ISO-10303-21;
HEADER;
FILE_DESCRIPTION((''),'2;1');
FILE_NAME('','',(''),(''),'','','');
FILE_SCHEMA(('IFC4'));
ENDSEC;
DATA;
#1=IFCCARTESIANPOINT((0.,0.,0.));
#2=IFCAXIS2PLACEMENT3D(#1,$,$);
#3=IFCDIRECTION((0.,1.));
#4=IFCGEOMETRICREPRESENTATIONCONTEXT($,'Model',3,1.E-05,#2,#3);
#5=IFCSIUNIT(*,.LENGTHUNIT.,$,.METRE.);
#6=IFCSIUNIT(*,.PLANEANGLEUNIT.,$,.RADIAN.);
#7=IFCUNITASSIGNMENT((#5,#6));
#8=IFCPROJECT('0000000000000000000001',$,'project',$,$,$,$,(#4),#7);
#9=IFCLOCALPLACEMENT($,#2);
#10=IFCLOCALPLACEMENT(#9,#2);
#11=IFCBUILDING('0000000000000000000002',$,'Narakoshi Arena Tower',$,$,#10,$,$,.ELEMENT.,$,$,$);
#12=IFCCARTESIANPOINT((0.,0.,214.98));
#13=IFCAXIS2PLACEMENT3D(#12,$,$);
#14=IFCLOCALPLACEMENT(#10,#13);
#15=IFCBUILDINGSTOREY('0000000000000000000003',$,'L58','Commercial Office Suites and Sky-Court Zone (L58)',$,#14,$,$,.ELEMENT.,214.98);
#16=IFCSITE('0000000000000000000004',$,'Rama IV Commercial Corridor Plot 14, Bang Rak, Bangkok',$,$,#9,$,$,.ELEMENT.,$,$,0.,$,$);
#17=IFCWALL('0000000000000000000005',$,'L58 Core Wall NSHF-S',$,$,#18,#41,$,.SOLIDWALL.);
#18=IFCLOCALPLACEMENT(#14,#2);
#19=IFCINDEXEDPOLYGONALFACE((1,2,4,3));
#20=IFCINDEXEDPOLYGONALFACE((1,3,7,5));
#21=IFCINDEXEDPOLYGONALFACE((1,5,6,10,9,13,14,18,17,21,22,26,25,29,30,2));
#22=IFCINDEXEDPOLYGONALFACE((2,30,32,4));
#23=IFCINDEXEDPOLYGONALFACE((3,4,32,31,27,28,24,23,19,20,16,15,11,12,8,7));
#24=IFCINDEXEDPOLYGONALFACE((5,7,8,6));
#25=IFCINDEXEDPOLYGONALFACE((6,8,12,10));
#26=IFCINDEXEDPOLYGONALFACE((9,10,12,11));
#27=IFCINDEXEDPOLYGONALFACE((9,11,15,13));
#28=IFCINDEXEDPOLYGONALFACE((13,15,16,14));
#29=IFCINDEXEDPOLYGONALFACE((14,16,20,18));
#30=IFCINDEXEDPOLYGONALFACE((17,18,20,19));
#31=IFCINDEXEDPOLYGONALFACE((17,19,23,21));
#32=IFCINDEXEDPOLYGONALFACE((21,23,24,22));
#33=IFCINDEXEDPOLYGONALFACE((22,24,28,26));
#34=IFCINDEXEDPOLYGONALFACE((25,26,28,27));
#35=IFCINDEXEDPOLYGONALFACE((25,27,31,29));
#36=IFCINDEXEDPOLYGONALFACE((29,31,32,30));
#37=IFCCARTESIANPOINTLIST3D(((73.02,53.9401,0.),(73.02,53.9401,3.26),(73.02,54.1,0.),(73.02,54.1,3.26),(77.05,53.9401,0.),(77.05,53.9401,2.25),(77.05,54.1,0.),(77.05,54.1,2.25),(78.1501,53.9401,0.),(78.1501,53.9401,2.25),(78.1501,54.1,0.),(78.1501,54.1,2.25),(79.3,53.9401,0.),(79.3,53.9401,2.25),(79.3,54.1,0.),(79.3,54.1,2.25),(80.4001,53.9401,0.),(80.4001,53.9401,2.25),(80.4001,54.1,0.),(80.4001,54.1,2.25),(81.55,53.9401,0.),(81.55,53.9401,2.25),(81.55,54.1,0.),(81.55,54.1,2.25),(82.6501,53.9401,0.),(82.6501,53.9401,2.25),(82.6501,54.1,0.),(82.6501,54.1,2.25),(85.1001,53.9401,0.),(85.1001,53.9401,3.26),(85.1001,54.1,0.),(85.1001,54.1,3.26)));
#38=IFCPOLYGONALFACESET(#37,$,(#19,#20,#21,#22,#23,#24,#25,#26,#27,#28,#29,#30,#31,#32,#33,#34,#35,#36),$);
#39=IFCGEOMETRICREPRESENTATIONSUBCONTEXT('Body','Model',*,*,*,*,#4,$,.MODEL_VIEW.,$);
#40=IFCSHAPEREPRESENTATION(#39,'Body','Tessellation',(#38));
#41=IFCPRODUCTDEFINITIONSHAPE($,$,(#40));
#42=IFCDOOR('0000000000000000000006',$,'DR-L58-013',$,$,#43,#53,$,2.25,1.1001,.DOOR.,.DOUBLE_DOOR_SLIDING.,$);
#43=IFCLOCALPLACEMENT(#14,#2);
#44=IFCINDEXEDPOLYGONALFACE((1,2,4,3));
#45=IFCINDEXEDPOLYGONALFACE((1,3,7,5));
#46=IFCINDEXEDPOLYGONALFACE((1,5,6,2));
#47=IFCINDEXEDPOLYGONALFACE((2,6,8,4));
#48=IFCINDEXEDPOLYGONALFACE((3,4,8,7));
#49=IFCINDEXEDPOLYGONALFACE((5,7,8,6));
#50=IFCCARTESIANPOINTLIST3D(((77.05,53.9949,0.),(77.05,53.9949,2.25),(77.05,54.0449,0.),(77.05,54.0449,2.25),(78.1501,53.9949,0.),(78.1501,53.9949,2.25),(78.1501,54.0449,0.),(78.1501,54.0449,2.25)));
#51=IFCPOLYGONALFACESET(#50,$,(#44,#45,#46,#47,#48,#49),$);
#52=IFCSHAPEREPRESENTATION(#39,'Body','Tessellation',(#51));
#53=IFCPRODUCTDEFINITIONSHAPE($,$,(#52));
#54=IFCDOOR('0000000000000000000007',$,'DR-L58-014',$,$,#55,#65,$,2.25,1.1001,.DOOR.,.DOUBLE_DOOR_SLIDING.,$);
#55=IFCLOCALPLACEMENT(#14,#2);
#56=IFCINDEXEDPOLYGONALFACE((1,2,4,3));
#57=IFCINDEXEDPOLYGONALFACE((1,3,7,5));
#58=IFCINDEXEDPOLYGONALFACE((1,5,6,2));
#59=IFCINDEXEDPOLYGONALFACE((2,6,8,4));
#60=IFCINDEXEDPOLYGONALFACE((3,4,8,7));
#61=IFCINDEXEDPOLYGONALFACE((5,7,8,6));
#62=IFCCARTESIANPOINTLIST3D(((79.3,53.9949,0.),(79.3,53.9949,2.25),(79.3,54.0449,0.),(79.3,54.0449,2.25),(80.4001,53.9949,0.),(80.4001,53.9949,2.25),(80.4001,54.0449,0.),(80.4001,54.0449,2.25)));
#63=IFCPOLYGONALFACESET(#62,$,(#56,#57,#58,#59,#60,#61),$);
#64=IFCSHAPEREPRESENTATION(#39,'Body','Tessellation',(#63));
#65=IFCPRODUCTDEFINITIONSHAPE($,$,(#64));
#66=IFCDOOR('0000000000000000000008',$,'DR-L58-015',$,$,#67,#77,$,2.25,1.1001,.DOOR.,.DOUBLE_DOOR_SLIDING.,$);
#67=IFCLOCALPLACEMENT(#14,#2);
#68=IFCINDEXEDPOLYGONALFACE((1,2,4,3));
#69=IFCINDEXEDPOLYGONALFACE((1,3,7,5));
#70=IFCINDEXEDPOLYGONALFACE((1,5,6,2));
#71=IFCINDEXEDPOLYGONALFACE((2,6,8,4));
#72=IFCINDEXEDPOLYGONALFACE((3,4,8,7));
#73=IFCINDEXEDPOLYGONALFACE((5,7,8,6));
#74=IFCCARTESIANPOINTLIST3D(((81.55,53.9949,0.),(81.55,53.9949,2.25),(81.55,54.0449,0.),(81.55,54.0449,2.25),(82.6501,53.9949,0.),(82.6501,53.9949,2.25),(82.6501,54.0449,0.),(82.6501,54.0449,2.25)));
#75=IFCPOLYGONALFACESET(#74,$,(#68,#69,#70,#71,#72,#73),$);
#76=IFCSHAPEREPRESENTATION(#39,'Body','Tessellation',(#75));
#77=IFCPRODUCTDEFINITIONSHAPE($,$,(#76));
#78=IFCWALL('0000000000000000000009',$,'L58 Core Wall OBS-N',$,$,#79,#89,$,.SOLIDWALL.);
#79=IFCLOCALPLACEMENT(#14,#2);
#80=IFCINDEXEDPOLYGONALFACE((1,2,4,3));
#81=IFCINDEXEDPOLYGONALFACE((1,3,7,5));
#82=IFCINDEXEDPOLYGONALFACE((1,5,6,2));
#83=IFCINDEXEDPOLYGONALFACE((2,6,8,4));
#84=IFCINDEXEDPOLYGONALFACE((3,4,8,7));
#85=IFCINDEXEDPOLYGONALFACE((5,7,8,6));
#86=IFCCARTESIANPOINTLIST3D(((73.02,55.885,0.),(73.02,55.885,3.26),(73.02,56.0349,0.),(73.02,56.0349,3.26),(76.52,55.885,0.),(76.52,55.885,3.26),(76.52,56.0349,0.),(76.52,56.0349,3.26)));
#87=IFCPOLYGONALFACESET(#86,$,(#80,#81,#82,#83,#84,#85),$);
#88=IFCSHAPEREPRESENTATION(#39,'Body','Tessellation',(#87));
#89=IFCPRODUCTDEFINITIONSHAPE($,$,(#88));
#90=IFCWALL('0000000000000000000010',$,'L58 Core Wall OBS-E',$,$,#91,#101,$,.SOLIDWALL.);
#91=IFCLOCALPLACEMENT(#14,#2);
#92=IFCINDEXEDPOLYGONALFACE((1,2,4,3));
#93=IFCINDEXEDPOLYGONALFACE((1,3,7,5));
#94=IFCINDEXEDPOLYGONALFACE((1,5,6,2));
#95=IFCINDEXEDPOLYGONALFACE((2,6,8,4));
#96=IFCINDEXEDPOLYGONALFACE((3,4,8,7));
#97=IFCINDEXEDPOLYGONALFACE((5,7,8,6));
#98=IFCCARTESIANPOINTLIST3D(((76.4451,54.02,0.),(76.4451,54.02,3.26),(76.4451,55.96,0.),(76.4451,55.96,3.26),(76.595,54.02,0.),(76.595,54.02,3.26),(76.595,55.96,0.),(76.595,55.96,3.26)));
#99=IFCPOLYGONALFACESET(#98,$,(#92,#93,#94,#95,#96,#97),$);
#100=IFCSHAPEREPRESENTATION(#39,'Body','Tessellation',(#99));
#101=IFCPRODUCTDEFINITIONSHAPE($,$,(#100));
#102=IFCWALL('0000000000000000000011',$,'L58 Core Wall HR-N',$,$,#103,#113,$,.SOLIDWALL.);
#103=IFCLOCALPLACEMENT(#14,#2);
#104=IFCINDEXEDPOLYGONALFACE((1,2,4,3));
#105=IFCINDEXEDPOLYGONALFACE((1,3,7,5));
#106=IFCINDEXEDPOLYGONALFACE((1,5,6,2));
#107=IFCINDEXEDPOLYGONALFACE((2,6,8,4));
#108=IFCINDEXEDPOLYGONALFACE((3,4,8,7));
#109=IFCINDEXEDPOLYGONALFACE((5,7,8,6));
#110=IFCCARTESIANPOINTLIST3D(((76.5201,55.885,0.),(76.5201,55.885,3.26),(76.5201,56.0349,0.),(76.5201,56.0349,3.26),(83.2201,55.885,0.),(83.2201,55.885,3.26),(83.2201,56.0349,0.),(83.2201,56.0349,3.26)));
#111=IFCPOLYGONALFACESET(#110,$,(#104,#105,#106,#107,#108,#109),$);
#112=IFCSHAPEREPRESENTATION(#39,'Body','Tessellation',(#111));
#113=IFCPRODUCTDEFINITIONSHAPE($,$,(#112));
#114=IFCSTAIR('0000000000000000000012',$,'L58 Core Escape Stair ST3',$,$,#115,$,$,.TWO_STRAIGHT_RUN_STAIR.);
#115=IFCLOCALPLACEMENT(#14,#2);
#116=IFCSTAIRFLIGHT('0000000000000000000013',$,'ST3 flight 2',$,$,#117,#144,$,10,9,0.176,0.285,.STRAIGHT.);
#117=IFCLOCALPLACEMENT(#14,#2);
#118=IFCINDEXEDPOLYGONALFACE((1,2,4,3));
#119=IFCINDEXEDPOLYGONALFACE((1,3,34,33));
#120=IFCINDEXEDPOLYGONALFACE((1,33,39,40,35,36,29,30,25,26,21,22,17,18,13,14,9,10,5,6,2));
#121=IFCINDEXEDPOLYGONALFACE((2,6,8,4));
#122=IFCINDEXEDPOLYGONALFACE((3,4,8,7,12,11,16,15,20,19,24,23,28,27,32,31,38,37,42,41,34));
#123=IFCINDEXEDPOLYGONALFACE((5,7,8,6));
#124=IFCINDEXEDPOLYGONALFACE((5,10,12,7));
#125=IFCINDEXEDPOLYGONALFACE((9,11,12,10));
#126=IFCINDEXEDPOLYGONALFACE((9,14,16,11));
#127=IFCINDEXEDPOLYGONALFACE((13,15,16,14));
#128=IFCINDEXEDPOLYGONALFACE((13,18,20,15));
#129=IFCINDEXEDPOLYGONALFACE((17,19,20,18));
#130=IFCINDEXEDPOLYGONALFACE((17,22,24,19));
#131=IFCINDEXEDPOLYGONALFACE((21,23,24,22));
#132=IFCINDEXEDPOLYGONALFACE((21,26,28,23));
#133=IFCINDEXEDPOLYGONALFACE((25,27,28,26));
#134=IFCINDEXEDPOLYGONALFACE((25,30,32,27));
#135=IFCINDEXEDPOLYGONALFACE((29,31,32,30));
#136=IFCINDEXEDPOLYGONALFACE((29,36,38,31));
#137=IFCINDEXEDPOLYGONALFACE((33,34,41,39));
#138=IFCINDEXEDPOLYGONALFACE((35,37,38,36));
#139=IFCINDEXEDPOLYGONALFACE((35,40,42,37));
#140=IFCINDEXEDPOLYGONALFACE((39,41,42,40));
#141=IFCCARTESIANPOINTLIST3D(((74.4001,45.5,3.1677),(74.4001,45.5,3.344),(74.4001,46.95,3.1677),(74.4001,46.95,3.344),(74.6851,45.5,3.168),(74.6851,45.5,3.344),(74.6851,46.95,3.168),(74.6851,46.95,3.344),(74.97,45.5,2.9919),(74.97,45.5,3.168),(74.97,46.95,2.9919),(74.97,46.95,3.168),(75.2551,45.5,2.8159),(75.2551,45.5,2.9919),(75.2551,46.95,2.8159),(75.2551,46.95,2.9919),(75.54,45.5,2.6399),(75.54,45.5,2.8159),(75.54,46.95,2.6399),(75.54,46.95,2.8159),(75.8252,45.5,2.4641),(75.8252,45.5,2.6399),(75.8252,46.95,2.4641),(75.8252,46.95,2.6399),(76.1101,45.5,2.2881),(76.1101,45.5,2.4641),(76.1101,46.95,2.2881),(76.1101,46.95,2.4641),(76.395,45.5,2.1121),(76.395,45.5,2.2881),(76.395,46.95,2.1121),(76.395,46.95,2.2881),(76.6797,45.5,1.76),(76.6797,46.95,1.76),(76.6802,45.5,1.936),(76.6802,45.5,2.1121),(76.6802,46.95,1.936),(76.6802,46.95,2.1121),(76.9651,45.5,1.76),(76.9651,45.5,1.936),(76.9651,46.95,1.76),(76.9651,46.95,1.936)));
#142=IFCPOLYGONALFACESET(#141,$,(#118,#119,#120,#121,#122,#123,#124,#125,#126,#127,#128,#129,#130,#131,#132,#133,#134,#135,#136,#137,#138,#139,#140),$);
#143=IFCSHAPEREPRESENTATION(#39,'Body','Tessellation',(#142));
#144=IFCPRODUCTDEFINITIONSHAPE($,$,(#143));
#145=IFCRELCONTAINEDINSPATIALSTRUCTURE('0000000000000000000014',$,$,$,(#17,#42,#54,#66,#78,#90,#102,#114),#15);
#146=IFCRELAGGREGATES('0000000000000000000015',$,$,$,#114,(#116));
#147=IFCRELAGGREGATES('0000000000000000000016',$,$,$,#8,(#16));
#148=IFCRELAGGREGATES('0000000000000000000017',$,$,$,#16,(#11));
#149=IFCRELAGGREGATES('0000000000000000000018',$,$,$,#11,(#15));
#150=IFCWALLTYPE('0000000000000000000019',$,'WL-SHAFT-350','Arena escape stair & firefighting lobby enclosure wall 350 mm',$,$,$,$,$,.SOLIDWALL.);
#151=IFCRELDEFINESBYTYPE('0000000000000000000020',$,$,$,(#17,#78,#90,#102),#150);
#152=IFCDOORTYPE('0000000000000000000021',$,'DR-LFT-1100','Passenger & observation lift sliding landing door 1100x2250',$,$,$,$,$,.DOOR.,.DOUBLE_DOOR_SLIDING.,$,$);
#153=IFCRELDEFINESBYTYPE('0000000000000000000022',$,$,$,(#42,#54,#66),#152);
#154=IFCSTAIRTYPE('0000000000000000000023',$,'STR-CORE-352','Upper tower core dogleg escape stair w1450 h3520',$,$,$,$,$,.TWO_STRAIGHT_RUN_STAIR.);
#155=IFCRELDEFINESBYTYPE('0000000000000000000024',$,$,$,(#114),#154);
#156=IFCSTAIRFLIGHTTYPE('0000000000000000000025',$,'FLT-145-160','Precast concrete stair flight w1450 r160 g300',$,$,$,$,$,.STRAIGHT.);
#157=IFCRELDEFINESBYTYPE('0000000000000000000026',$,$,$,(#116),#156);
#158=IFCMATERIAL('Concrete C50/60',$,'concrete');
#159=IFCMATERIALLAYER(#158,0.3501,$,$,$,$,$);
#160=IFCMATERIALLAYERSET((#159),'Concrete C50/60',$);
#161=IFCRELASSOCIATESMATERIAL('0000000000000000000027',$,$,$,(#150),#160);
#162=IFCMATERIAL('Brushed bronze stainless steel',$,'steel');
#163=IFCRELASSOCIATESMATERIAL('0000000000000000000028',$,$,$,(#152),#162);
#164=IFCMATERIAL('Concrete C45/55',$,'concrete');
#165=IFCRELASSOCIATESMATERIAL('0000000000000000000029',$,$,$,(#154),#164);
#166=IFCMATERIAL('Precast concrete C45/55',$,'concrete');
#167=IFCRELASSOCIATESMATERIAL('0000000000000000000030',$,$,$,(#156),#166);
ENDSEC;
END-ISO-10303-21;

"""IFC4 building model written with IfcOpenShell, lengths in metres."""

from ifc_helpers import new_model, si_unit, direction, frame, frame_2d, origin, place, context, subcontext, project, spatial, polyline, rectangle, outline, extrude, material, layer, layer_set, type_object, element, fill, aggregate, save


model = new_model("IFC4")

# Units and contexts
model_context = context("Model", 3, precision=1e-05, world=origin(), true_north=direction((0.0, 1.0)))
body_context = subcontext(model_context, "Body", "Model", "MODEL_VIEW")
ifc_project = project(units=[si_unit("LENGTHUNIT", "METRE"), si_unit("PLANEANGLEUNIT", "RADIAN")], contexts=[model_context])

# Site, building, storey
site_placement = place(None, origin())
site = spatial("IfcSite", under=ifc_project, at=site_placement, Name="Rama IV Commercial Corridor Plot 14, Bang Rak, Bangkok", CompositionType="ELEMENT", RefElevation=0.0)
building_placement = place(site_placement, origin())
building = spatial("IfcBuilding", under=site, at=building_placement, Name="Narakoshi Arena Tower", CompositionType="ELEMENT")
storey_placement = place(building_placement, frame((0.0, 0.0, 214.98)))
storey = spatial("IfcBuildingStorey", under=building, at=storey_placement, Name="L58", Description="Commercial Office Suites and Sky-Court Zone (L58)", CompositionType="ELEMENT", Elevation=214.98)

# Shared definitions
ifc_material_1 = material(Name="Concrete C50/60", Category="concrete")
ifc_layer_1 = layer(ifc_material_1, 0.3501)
ifc_layer_set_1 = layer_set([ifc_layer_1], Name="Concrete C50/60")
wall_type_1 = type_object("IfcWallType", Name="WL-SHAFT-350", Description="Arena escape stair & firefighting lobby enclosure wall 350 mm", PredefinedType="SOLIDWALL", material=ifc_layer_set_1)

# Wall, openings, doors
wall_1_placement = place(storey_placement, frame((73.02, 54.02, 0.0), z_axis=(0.0, 0.0, 1.0), x_axis=(1.0, 0.0, 0.0)))
wall_1 = element("IfcWall", 1, at=wall_1_placement, inside=storey, type_object=wall_type_1, Name="L58 Core Wall NSHF-S", PredefinedType="SOLIDWALL", context=body_context, shape_type="SweptSolid", body=[
    extrude(rectangle(XDim=12.0801, YDim=0.1599, at=frame_2d((6.04, 0.0))), origin(), (0.0, 0.0, 1.0), 3.26),
])
opening_1_placement = place(wall_1_placement, frame((4.03, 0.0, 0.0)))
opening_1 = element("IfcOpeningElement", 2, at=opening_1_placement, cuts=wall_1, PredefinedType="OPENING", context=body_context, shape_type="SweptSolid", body=[
    extrude(rectangle(XDim=1.1001, YDim=2.25, at=frame_2d((0.55, 1.125))), frame((0.0, 0.0898, 0.0), z_axis=(0.0, -1.0, 0.0), x_axis=(1.0, 0.0, 0.0)), (0.0, 0.0, 1.0), 0.1799),
])
opening_2_placement = place(wall_1_placement, frame((6.28, 0.0, 0.0)))
opening_2 = element("IfcOpeningElement", 3, at=opening_2_placement, cuts=wall_1, PredefinedType="OPENING", context=body_context, shape_type="SweptSolid", body=[
    extrude(rectangle(XDim=1.1001, YDim=2.25, at=frame_2d((0.55, 1.125))), frame((0.0, 0.0898, 0.0), z_axis=(0.0, -1.0, 0.0), x_axis=(1.0, 0.0, 0.0)), (0.0, 0.0, 1.0), 0.1799),
])
opening_3_placement = place(wall_1_placement, frame((8.53, 0.0, 0.0)))
opening_3 = element("IfcOpeningElement", 4, at=opening_3_placement, cuts=wall_1, PredefinedType="OPENING", context=body_context, shape_type="SweptSolid", body=[
    extrude(rectangle(XDim=1.1001, YDim=2.25, at=frame_2d((0.55, 1.125))), frame((0.0, 0.0898, 0.0), z_axis=(0.0, -1.0, 0.0), x_axis=(1.0, 0.0, 0.0)), (0.0, 0.0, 1.0), 0.1799),
])
ifc_material_2 = material(Name="Brushed bronze stainless steel", Category="steel")
door_type_1 = type_object("IfcDoorType", Name="DR-LFT-1100", Description="Passenger & observation lift sliding landing door 1100x2250", OperationType="DOUBLE_DOOR_SLIDING", PredefinedType="DOOR", material=ifc_material_2)
door_1_placement = place(opening_1_placement, origin())
door_1 = element("IfcDoor", 5, at=door_1_placement, inside=storey, type_object=door_type_1, Name="DR-L58-013", OperationType="DOUBLE_DOOR_SLIDING", OverallHeight=2.25, OverallWidth=1.1001, PredefinedType="DOOR", context=body_context, shape_type="SweptSolid", body=[
    extrude(rectangle(XDim=1.1001, YDim=2.25, at=frame_2d((0.55, 1.125))), frame((0.0, 0.0249, 0.0), z_axis=(0.0, -1.0, 0.0), x_axis=(1.0, 0.0, 0.0)), (0.0, 0.0, 1.0), 0.05),
])
fill(opening_1, door_1)
door_2_placement = place(opening_2_placement, origin())
door_2 = element("IfcDoor", 6, at=door_2_placement, inside=storey, type_object=door_type_1, Name="DR-L58-014", OperationType="DOUBLE_DOOR_SLIDING", OverallHeight=2.25, OverallWidth=1.1001, PredefinedType="DOOR", context=body_context, shape_type="SweptSolid", body=[
    extrude(rectangle(XDim=1.1001, YDim=2.25, at=frame_2d((0.55, 1.125))), frame((0.0, 0.0249, 0.0), z_axis=(0.0, -1.0, 0.0), x_axis=(1.0, 0.0, 0.0)), (0.0, 0.0, 1.0), 0.05),
])
fill(opening_2, door_2)
door_3_placement = place(opening_3_placement, origin())
door_3 = element("IfcDoor", 7, at=door_3_placement, inside=storey, type_object=door_type_1, Name="DR-L58-015", OperationType="DOUBLE_DOOR_SLIDING", OverallHeight=2.25, OverallWidth=1.1001, PredefinedType="DOOR", context=body_context, shape_type="SweptSolid", body=[
    extrude(rectangle(XDim=1.1001, YDim=2.25, at=frame_2d((0.55, 1.125))), frame((0.0, 0.0249, 0.0), z_axis=(0.0, -1.0, 0.0), x_axis=(1.0, 0.0, 0.0)), (0.0, 0.0, 1.0), 0.05),
])
fill(opening_3, door_3)

# Walls
wall_2_placement = place(storey_placement, frame((73.02, 55.96, 0.0), z_axis=(0.0, 0.0, 1.0), x_axis=(1.0, 0.0, 0.0)))
element("IfcWall", 8, at=wall_2_placement, inside=storey, type_object=wall_type_1, Name="L58 Core Wall OBS-N", PredefinedType="SOLIDWALL", context=body_context, shape_type="SweptSolid", body=[
    extrude(rectangle(XDim=3.5, YDim=0.1499, at=frame_2d((1.75, 0.0))), origin(), (0.0, 0.0, 1.0), 3.26),
])
wall_3_placement = place(storey_placement, frame((76.52, 54.02, 0.0), z_axis=(0.0, 0.0, 1.0), x_axis=(0.0, 1.0, 0.0)))
element("IfcWall", 9, at=wall_3_placement, inside=storey, type_object=wall_type_1, Name="L58 Core Wall OBS-E", PredefinedType="SOLIDWALL", context=body_context, shape_type="SweptSolid", body=[
    extrude(rectangle(XDim=1.9399, YDim=0.1499, at=frame_2d((0.97, 0.0))), origin(), (0.0, 0.0, 1.0), 3.26),
])
wall_4_placement = place(storey_placement, frame((76.52, 55.96, 0.0), z_axis=(0.0, 0.0, 1.0), x_axis=(1.0, 0.0, 0.0)))
element("IfcWall", 10, at=wall_4_placement, inside=storey, type_object=wall_type_1, Name="L58 Core Wall HR-N", PredefinedType="SOLIDWALL", context=body_context, shape_type="SweptSolid", body=[
    extrude(rectangle(XDim=6.7, YDim=0.1499, at=frame_2d((3.3501, 0.0))), origin(), (0.0, 0.0, 1.0), 3.26),
])

# Stair, stair flight
ifc_material_3 = material(Name="Concrete C45/55", Category="concrete")
stair_type = type_object("IfcStairType", Name="STR-CORE-352", Description="Upper tower core dogleg escape stair w1450 h3520", PredefinedType="TWO_STRAIGHT_RUN_STAIR", material=ifc_material_3)
stair_placement = place(storey_placement, origin())
stair = element("IfcStair", 11, at=stair_placement, inside=storey, type_object=stair_type, Name="L58 Core Escape Stair ST3", PredefinedType="TWO_STRAIGHT_RUN_STAIR")
ifc_material_4 = material(Name="Precast concrete C45/55", Category="concrete")
stair_flight_type = type_object("IfcStairFlightType", Name="FLT-145-160", Description="Precast concrete stair flight w1450 r160 g300", PredefinedType="STRAIGHT", material=ifc_material_4)
stair_flight_placement = place(storey_placement, frame((76.9651, 46.2251, 1.76), z_axis=(0.0, 0.0, 1.0), x_axis=(-1.0, 0.0, 0.0)))
stair_flight = element("IfcStairFlight", 12, at=stair_flight_placement, type_object=stair_flight_type, Name="ST3 flight 2", NumberOfRisers=10, NumberOfTreads=9, PredefinedType="STRAIGHT", RiserHeight=0.176, TreadLength=0.285, context=body_context, shape_type="SweptSolid", body=[
    extrude(outline(polyline([(0.0, 0.0), (0.0, 0.176), (0.2849, 0.176), (0.2849, 0.3521), (0.5701, 0.3521), (0.5701, 0.5281), (0.855, 0.5281), (0.855, 0.7041), (1.1399, 0.7041), (1.1399, 0.8799), (1.425, 0.8799), (1.425, 1.0559), (1.71, 1.0559), (1.71, 1.2319), (1.9951, 1.2319), (1.9951, 1.408), (2.28, 1.408), (2.28, 1.584), (2.5649, 1.584), (2.5649, 1.76), (2.5649, 1.4077), (0.2854, 0.0), (0.0, 0.0)])), frame((0.0, 0.7251, 0.0), z_axis=(0.0, -1.0, 0.0), x_axis=(1.0, 0.0, 0.0)), (0.0, 0.0, 1.0), 1.45),
])
aggregate(stair, [stair_flight])

save(model, "model.ifc")
